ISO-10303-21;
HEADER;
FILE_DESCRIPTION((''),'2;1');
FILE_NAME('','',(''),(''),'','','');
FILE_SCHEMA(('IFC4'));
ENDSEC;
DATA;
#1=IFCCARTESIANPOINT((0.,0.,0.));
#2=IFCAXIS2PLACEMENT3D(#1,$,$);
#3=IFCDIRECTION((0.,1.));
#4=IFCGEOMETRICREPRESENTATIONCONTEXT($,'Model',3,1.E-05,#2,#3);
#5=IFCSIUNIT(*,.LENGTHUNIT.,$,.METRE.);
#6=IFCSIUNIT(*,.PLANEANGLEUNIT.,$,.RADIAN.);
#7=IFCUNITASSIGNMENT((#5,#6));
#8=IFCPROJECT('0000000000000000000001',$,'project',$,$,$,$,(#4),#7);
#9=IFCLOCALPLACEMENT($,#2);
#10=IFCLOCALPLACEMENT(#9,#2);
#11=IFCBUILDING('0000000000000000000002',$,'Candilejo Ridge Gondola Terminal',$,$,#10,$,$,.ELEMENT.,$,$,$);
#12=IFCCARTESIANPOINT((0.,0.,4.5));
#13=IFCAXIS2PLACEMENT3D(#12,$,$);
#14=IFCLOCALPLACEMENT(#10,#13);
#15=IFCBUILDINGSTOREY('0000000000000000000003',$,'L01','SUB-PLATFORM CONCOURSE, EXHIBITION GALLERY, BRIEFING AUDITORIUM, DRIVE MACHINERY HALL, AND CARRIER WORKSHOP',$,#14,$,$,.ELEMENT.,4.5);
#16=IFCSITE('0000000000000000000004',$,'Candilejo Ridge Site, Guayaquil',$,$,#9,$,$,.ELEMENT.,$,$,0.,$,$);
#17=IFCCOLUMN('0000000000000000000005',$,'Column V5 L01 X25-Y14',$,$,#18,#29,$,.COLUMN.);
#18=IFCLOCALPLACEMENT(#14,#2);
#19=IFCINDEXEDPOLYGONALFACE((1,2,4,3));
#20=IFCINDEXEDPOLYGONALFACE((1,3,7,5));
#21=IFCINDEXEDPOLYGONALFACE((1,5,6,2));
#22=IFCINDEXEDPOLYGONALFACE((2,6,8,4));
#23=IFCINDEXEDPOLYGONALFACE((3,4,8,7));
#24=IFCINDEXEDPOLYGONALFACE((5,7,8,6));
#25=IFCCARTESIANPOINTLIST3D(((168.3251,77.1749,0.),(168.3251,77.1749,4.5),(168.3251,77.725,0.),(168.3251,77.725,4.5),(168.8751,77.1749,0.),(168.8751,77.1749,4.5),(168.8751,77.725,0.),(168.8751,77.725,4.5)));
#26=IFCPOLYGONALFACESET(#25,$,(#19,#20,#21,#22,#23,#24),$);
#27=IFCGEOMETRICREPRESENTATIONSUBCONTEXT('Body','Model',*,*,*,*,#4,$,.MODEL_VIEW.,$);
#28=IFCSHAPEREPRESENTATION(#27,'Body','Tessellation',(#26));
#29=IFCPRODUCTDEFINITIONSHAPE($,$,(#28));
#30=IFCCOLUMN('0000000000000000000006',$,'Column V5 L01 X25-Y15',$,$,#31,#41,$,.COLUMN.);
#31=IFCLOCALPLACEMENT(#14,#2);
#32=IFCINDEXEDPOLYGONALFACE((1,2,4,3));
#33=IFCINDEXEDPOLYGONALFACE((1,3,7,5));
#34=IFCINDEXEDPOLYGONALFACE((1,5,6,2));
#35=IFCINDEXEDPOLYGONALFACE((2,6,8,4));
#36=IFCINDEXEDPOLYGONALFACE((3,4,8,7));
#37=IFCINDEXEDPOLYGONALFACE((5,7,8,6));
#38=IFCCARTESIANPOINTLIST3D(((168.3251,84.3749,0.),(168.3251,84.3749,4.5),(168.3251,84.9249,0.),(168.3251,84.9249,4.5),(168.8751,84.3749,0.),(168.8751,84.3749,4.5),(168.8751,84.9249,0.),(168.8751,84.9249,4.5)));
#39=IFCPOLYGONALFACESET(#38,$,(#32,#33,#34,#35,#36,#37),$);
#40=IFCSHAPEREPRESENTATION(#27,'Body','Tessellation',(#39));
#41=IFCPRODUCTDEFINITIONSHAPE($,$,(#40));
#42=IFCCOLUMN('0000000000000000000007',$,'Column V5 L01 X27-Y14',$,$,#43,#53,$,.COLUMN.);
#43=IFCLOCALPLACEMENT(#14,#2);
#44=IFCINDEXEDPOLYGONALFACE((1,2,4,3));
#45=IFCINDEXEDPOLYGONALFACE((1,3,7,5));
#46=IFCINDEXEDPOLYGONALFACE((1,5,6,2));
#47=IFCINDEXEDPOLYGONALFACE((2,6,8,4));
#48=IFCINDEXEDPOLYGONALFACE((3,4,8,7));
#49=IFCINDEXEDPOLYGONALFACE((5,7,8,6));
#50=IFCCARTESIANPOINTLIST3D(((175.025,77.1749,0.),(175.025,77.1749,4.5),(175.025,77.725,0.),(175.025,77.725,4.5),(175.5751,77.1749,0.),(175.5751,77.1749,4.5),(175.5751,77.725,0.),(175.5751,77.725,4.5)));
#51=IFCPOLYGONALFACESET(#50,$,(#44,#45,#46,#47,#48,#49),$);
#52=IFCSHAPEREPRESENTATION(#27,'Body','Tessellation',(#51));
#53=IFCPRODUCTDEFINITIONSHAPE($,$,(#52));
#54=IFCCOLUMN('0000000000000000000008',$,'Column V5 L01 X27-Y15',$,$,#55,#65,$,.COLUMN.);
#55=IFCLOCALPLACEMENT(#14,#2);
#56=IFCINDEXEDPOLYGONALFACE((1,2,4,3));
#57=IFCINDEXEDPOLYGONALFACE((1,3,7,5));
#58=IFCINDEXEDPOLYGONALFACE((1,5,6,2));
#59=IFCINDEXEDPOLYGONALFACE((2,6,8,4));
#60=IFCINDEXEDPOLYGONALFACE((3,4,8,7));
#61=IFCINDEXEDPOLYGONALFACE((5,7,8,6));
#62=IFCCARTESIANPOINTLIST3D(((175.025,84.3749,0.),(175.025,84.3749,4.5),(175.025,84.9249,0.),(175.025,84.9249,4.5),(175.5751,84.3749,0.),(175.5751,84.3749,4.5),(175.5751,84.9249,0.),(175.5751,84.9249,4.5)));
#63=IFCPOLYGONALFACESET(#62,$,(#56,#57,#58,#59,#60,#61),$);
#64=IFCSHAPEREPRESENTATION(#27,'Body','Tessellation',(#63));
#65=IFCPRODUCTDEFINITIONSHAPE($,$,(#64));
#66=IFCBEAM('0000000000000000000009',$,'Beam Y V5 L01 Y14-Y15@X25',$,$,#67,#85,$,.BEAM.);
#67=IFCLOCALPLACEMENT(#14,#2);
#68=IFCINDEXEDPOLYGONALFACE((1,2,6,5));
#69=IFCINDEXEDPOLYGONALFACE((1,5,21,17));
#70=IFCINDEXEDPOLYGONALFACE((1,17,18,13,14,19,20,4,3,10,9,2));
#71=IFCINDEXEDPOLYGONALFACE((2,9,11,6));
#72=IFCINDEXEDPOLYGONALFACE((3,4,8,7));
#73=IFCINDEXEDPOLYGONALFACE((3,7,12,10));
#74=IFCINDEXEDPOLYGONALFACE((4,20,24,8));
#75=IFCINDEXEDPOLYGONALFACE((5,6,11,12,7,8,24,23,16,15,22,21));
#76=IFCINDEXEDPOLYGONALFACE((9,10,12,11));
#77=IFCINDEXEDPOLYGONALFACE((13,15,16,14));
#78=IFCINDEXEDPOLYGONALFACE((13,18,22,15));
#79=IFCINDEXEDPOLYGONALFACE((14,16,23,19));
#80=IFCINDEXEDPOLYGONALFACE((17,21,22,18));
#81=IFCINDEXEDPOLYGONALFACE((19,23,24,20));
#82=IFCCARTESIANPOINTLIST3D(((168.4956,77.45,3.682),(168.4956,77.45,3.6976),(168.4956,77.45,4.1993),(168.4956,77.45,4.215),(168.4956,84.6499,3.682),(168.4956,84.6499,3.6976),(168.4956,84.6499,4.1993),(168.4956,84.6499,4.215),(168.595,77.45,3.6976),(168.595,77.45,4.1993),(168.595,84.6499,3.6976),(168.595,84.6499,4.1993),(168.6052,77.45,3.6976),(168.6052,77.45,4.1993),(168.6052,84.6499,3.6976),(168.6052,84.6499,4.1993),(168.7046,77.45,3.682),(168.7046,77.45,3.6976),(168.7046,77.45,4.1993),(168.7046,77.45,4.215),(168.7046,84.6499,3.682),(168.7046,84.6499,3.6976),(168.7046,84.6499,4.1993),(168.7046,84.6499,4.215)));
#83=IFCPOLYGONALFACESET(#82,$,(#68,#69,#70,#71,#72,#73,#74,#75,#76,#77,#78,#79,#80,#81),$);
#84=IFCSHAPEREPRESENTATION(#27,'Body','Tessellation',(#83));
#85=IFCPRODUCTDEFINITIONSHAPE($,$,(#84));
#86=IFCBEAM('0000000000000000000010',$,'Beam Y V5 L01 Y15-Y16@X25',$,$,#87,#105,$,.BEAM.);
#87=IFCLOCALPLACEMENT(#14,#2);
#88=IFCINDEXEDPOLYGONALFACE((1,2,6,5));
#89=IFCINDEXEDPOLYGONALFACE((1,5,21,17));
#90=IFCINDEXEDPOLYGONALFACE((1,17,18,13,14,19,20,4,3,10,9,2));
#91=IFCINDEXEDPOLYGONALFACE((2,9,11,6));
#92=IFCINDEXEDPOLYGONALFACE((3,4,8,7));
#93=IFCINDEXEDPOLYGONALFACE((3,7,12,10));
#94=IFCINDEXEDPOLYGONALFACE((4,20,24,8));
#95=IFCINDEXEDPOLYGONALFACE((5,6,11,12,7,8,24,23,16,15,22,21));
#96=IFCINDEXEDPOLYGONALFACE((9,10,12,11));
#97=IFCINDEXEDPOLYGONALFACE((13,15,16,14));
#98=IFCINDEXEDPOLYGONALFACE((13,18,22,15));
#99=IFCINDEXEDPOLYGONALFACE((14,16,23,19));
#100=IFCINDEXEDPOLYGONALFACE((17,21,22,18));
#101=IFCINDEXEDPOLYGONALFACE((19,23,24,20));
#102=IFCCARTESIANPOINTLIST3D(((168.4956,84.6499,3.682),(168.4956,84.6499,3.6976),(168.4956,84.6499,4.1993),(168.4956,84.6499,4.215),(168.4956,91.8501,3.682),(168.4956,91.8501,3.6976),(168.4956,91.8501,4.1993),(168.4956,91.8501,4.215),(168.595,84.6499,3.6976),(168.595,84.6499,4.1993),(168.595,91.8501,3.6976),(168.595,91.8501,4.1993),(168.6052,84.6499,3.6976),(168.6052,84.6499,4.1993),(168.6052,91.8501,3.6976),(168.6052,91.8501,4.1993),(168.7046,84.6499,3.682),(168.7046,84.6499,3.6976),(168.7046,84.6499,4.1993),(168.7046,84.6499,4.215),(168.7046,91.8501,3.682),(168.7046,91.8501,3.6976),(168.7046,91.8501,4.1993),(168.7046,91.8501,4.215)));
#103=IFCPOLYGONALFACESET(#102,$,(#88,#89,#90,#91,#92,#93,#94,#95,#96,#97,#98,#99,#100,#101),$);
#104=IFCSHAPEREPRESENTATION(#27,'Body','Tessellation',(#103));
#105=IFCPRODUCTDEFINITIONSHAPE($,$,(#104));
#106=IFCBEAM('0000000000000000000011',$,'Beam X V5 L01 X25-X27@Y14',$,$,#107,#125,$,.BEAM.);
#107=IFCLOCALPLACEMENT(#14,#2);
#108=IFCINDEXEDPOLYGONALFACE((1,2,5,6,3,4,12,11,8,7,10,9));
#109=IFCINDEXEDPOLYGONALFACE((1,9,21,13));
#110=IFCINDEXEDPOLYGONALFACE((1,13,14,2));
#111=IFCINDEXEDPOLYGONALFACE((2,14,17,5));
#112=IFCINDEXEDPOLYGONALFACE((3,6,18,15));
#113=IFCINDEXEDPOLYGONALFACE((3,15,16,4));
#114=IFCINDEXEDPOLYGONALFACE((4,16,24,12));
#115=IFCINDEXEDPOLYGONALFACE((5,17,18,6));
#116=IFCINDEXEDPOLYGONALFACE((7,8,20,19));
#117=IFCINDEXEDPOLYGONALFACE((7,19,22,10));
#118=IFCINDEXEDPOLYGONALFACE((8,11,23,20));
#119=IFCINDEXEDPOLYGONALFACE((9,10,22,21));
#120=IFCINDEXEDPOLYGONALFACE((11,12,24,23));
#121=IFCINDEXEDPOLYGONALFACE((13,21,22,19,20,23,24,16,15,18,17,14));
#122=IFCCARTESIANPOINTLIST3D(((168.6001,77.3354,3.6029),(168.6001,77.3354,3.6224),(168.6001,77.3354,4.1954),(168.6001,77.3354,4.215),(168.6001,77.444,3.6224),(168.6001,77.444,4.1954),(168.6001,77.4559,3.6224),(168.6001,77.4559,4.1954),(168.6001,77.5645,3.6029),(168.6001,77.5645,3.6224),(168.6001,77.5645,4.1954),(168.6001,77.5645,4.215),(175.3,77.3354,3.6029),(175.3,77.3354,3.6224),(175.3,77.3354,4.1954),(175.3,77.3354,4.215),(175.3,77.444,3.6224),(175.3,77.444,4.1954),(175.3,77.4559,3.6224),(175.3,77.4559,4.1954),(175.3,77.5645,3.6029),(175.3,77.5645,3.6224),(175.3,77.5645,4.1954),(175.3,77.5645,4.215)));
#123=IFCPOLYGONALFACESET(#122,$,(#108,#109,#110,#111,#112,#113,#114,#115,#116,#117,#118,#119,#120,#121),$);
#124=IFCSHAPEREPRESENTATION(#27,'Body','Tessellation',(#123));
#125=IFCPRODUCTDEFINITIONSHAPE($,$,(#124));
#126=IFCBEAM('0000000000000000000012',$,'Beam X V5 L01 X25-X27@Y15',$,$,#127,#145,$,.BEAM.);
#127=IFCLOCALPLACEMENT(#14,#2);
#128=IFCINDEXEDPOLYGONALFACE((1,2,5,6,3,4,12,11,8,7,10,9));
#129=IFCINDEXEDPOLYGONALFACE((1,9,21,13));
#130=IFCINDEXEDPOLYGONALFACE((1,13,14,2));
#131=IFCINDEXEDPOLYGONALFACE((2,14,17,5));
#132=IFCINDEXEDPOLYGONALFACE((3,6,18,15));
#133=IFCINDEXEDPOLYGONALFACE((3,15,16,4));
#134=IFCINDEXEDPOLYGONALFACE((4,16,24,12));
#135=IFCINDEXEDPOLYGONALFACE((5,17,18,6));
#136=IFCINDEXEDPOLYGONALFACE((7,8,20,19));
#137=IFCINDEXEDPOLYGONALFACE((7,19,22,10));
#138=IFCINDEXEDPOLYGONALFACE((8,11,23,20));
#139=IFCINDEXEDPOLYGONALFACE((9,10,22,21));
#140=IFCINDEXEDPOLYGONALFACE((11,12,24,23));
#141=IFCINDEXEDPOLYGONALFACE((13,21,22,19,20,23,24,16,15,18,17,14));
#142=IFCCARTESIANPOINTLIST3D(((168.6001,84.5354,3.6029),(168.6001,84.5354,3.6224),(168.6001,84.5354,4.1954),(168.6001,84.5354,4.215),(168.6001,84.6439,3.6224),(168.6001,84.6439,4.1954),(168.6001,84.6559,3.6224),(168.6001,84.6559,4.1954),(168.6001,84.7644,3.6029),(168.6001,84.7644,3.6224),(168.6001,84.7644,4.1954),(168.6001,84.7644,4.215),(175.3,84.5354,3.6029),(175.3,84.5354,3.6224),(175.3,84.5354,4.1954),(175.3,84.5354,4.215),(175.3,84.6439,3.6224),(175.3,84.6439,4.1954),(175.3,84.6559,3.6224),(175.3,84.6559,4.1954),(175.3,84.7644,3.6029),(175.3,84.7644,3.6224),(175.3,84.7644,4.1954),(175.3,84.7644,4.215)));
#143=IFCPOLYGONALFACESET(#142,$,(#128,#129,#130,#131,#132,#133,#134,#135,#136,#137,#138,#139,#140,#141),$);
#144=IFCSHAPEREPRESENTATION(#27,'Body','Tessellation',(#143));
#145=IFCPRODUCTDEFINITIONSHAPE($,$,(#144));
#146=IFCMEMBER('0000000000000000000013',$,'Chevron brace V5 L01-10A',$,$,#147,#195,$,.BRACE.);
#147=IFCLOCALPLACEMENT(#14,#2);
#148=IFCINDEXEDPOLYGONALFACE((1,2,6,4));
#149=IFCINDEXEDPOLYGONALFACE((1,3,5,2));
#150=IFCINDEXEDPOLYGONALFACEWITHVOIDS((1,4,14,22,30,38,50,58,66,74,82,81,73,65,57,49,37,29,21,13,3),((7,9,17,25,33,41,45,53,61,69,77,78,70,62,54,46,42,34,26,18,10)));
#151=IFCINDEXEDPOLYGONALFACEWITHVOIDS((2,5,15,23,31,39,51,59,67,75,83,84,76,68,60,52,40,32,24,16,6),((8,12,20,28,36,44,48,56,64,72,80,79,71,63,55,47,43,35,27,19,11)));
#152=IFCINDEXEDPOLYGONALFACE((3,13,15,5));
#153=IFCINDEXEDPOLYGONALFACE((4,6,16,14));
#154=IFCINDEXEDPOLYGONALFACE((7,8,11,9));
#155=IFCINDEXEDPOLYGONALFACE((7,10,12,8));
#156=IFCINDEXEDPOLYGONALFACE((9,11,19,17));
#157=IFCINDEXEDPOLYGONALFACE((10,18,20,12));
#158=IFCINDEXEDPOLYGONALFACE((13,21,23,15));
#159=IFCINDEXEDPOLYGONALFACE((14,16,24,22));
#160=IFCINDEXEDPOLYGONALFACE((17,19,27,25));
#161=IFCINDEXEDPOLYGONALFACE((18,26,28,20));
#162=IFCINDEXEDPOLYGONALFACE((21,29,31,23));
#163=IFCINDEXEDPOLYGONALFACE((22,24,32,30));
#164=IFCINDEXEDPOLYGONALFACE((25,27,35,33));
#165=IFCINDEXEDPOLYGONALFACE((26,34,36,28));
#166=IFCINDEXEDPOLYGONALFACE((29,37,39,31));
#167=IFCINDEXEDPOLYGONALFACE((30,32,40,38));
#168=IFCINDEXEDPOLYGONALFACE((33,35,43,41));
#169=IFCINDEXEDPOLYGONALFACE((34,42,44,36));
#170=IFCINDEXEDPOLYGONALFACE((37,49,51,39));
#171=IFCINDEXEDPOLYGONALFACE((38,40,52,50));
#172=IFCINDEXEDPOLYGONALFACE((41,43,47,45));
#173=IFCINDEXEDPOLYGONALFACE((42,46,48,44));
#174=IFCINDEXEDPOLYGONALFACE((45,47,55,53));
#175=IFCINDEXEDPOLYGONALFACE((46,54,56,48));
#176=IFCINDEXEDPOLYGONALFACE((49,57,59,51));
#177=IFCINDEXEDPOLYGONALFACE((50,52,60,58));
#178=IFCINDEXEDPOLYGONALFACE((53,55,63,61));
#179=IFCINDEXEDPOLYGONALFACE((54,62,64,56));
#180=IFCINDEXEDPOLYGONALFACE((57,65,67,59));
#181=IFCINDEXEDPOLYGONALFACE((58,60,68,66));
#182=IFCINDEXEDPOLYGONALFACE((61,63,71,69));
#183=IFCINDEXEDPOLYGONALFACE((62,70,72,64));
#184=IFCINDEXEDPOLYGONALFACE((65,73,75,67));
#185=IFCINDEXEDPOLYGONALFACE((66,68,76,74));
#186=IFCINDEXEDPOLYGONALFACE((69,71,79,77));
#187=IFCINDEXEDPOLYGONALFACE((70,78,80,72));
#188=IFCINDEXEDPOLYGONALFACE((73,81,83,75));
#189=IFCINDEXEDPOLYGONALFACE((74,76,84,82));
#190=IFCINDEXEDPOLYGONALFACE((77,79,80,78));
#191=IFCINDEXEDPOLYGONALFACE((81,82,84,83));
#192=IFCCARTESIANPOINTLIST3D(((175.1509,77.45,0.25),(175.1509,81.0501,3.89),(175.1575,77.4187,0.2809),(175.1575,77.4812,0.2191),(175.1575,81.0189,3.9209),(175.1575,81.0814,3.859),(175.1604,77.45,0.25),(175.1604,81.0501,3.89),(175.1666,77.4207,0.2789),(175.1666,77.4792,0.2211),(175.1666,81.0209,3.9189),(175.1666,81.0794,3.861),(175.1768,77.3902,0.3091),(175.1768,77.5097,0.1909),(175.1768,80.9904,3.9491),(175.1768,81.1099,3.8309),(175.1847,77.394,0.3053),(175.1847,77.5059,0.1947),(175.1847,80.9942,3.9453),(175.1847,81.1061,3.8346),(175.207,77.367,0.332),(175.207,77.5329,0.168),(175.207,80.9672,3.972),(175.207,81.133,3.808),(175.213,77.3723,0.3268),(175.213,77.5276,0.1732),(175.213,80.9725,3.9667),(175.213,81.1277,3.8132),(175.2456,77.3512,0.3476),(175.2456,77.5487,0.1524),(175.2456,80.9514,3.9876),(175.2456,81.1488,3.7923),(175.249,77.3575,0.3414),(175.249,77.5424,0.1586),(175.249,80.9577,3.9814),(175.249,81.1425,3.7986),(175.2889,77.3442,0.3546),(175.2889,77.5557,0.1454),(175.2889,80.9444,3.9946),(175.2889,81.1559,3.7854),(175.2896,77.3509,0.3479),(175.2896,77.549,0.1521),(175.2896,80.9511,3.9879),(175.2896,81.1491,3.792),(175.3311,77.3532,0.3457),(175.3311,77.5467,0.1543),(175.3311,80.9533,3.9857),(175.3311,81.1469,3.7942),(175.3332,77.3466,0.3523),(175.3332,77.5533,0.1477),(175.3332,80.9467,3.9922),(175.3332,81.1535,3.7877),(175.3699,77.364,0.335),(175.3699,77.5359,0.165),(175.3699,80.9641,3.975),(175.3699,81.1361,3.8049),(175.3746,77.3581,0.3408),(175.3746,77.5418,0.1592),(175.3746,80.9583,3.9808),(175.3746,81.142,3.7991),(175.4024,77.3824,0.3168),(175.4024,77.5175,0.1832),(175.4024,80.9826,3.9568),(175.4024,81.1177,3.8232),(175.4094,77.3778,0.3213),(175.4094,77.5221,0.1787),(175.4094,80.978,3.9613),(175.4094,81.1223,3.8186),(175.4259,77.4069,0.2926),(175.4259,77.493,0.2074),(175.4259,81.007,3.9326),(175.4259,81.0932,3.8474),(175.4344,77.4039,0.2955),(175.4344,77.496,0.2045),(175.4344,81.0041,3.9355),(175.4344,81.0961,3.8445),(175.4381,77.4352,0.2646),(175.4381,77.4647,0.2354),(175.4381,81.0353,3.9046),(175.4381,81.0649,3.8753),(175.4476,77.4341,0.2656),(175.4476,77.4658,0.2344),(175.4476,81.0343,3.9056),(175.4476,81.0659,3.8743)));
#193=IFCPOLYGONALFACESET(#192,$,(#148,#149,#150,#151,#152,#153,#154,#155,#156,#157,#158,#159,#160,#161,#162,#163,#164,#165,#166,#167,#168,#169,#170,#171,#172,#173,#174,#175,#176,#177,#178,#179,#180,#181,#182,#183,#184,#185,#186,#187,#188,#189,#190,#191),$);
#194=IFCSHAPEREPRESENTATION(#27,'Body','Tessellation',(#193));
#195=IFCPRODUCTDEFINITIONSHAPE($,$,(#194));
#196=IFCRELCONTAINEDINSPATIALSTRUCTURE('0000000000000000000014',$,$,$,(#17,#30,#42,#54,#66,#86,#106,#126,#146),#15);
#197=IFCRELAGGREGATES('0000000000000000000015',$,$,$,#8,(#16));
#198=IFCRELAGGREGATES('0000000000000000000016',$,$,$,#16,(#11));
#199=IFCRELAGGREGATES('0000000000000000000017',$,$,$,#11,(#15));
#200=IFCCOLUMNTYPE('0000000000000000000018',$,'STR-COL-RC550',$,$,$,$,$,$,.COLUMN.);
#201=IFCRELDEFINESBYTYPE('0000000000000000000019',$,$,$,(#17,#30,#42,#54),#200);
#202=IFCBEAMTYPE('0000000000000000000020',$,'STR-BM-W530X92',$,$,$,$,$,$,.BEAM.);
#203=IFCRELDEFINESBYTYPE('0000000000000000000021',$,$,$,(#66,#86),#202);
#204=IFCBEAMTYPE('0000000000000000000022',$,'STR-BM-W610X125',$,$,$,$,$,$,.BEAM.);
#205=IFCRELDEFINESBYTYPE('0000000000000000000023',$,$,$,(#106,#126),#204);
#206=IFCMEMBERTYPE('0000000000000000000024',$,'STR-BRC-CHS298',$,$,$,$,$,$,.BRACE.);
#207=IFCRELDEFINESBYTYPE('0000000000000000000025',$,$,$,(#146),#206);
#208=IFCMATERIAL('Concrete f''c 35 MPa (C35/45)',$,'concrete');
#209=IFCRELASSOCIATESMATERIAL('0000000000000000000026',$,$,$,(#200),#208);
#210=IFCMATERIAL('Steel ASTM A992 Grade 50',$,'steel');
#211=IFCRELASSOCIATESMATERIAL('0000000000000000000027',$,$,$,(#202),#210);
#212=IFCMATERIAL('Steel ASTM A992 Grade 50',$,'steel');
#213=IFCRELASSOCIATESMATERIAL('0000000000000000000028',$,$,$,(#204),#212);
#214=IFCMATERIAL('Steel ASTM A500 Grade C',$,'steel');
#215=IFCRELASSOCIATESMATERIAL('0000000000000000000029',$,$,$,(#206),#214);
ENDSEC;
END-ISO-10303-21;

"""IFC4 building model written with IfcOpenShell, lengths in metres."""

from ifc_helpers import new_model, si_unit, direction, frame, origin, origin_2d, place, context, subcontext, project, spatial, rectangle, hollow_circle, i_section, extrude, material, material_profile, profile_set, type_object, element, save


model = new_model("IFC4")

# Units and contexts
model_context = context("Model", 3, precision=1e-05, world=origin(), true_north=direction((0.0, 1.0)))
body_context = subcontext(model_context, "Body", "Model", "MODEL_VIEW")
ifc_project = project(units=[si_unit("LENGTHUNIT", "METRE"), si_unit("PLANEANGLEUNIT", "RADIAN")], contexts=[model_context])

# Site, building, storey
site_placement = place(None, origin())
site = spatial("IfcSite", under=ifc_project, at=site_placement, Name="Candilejo Ridge Site, Guayaquil", CompositionType="ELEMENT", RefElevation=0.0)
building_placement = place(site_placement, origin())
building = spatial("IfcBuilding", under=site, at=building_placement, Name="Candilejo Ridge Gondola Terminal", CompositionType="ELEMENT")
storey_placement = place(building_placement, frame((0.0, 0.0, 4.5)))
storey = spatial("IfcBuildingStorey", under=building, at=storey_placement, Name="L01", Description="SUB-PLATFORM CONCOURSE, EXHIBITION GALLERY, BRIEFING AUDITORIUM, DRIVE MACHINERY HALL, AND CARRIER WORKSHOP", CompositionType="ELEMENT", Elevation=4.5)

# Columns
ifc_material_1 = material(Name="Concrete f'c 35 MPa (C35/45)", Category="concrete")
ifc_material_profile_1 = material_profile(ifc_material_1, rectangle(XDim=0.55, YDim=0.55, at=origin_2d()))
ifc_profile_set_1 = profile_set([ifc_material_profile_1], Name="Concrete f'c 35 MPa (C35/45)")
column_type = type_object("IfcColumnType", Name="STR-COL-RC550", PredefinedType="COLUMN", material=ifc_profile_set_1)
for number, where, z_axis, x_axis, name in (
    (1, (168.6001, 77.45, 0.0), (0.0, 0.0, 1.0), (1.0, 0.0, 0.0), "Column V5 L01 X25-Y14"),
    (2, (168.6001, 84.6499, 0.0), (0.0, 0.0, 1.0), (1.0, 0.0, 0.0), "Column V5 L01 X25-Y15"),
    (3, (175.3, 77.45, 0.0), (0.0, 0.0, 1.0), (1.0, 0.0, 0.0), "Column V5 L01 X27-Y14"),
    (4, (175.3, 84.6499, 0.0), (0.0, 0.0, 1.0), (1.0, 0.0, 0.0), "Column V5 L01 X27-Y15"),
):
    element("IfcColumn", number, at=place(storey_placement, frame(where, z_axis=z_axis, x_axis=x_axis)), inside=storey, type_object=column_type, Name=name, PredefinedType="COLUMN", context=body_context, shape_type="SweptSolid", body=[
        extrude(rectangle(XDim=0.55, YDim=0.55, at=origin_2d()), origin(), (0.0, 0.0, 1.0), 4.5),
    ])

# Beams
ifc_material_2 = material(Name="Steel ASTM A992 Grade 50", Category="steel")
ifc_material_profile_2 = material_profile(ifc_material_2, i_section(OverallWidth=0.209, OverallDepth=0.533, WebThickness=0.0103, FlangeThickness=0.0156, at=origin_2d()))
ifc_profile_set_2 = profile_set([ifc_material_profile_2], Name="Steel ASTM A992 Grade 50")
beam_type_1 = type_object("IfcBeamType", Name="STR-BM-W530X92", PredefinedType="BEAM", material=ifc_profile_set_2)
beam_1_placement = place(storey_placement, frame((168.6001, 77.45, 3.9485), z_axis=(0.0, 1.0, 0.0), x_axis=(-1.0, 0.0, 0.0)))
element("IfcBeam", 5, at=beam_1_placement, inside=storey, type_object=beam_type_1, Name="Beam Y V5 L01 Y14-Y15@X25", PredefinedType="BEAM", context=body_context, shape_type="SweptSolid", body=[
    extrude(i_section(OverallWidth=0.209, OverallDepth=0.533, WebThickness=0.0103, FlangeThickness=0.0156, at=origin_2d()), origin(), (0.0, 0.0, 1.0), 7.2),
])
beam_2_placement = place(storey_placement, frame((168.6001, 84.6499, 3.9485), z_axis=(0.0, 1.0, 0.0), x_axis=(-1.0, 0.0, 0.0)))
element("IfcBeam", 6, at=beam_2_placement, inside=storey, type_object=beam_type_1, Name="Beam Y V5 L01 Y15-Y16@X25", PredefinedType="BEAM", context=body_context, shape_type="SweptSolid", body=[
    extrude(i_section(OverallWidth=0.209, OverallDepth=0.533, WebThickness=0.0103, FlangeThickness=0.0156, at=origin_2d()), origin(), (0.0, 0.0, 1.0), 7.2002),
])
ifc_material_3 = material(Name="Steel ASTM A992 Grade 50", Category="steel")
ifc_material_profile_3 = material_profile(ifc_material_3, i_section(OverallWidth=0.229, OverallDepth=0.6121, WebThickness=0.012, FlangeThickness=0.0195, at=origin_2d()))
ifc_profile_set_3 = profile_set([ifc_material_profile_3], Name="Steel ASTM A992 Grade 50")
beam_type_2 = type_object("IfcBeamType", Name="STR-BM-W610X125", PredefinedType="BEAM", material=ifc_profile_set_3)
for number, where, z_axis, x_axis, name in (
    (7, (168.6001, 77.45, 3.9089), (1.0, 0.0, 0.0), (0.0, 1.0, 0.0), "Beam X V5 L01 X25-X27@Y14"),
    (8, (168.6001, 84.6499, 3.9089), (1.0, 0.0, 0.0), (0.0, 1.0, 0.0), "Beam X V5 L01 X25-X27@Y15"),
):
    element("IfcBeam", number, at=place(storey_placement, frame(where, z_axis=z_axis, x_axis=x_axis)), inside=storey, type_object=beam_type_2, Name=name, PredefinedType="BEAM", context=body_context, shape_type="SweptSolid", body=[
        extrude(i_section(OverallWidth=0.229, OverallDepth=0.6121, WebThickness=0.012, FlangeThickness=0.0195, at=origin_2d()), origin(), (0.0, 0.0, 1.0), 6.7),
    ])

# Member
ifc_material_4 = material(Name="Steel ASTM A500 Grade C", Category="steel")
ifc_material_profile_4 = material_profile(ifc_material_4, hollow_circle(Radius=0.1492, WallThickness=0.0095, at=origin_2d()))
ifc_profile_set_4 = profile_set([ifc_material_profile_4], Name="Steel ASTM A500 Grade C")
member_type = type_object("IfcMemberType", Name="STR-BRC-CHS298", PredefinedType="BRACE", material=ifc_profile_set_4)
member_1_placement = place(storey_placement, frame((175.3, 77.45, 0.25), z_axis=(0.0, 0.70321, 0.710983), x_axis=(-1.0, 0.0, 0.0)))
element("IfcMember", 9, at=member_1_placement, inside=storey, type_object=member_type, Name="Chevron brace V5 L01-10A", PredefinedType="BRACE", context=body_context, shape_type="SweptSolid", body=[
    extrude(hollow_circle(Radius=0.1492, WallThickness=0.0095, at=origin_2d()), origin(), (0.0, 0.0, 1.0), 5.1196),
])

save(model, "model.ifc")
